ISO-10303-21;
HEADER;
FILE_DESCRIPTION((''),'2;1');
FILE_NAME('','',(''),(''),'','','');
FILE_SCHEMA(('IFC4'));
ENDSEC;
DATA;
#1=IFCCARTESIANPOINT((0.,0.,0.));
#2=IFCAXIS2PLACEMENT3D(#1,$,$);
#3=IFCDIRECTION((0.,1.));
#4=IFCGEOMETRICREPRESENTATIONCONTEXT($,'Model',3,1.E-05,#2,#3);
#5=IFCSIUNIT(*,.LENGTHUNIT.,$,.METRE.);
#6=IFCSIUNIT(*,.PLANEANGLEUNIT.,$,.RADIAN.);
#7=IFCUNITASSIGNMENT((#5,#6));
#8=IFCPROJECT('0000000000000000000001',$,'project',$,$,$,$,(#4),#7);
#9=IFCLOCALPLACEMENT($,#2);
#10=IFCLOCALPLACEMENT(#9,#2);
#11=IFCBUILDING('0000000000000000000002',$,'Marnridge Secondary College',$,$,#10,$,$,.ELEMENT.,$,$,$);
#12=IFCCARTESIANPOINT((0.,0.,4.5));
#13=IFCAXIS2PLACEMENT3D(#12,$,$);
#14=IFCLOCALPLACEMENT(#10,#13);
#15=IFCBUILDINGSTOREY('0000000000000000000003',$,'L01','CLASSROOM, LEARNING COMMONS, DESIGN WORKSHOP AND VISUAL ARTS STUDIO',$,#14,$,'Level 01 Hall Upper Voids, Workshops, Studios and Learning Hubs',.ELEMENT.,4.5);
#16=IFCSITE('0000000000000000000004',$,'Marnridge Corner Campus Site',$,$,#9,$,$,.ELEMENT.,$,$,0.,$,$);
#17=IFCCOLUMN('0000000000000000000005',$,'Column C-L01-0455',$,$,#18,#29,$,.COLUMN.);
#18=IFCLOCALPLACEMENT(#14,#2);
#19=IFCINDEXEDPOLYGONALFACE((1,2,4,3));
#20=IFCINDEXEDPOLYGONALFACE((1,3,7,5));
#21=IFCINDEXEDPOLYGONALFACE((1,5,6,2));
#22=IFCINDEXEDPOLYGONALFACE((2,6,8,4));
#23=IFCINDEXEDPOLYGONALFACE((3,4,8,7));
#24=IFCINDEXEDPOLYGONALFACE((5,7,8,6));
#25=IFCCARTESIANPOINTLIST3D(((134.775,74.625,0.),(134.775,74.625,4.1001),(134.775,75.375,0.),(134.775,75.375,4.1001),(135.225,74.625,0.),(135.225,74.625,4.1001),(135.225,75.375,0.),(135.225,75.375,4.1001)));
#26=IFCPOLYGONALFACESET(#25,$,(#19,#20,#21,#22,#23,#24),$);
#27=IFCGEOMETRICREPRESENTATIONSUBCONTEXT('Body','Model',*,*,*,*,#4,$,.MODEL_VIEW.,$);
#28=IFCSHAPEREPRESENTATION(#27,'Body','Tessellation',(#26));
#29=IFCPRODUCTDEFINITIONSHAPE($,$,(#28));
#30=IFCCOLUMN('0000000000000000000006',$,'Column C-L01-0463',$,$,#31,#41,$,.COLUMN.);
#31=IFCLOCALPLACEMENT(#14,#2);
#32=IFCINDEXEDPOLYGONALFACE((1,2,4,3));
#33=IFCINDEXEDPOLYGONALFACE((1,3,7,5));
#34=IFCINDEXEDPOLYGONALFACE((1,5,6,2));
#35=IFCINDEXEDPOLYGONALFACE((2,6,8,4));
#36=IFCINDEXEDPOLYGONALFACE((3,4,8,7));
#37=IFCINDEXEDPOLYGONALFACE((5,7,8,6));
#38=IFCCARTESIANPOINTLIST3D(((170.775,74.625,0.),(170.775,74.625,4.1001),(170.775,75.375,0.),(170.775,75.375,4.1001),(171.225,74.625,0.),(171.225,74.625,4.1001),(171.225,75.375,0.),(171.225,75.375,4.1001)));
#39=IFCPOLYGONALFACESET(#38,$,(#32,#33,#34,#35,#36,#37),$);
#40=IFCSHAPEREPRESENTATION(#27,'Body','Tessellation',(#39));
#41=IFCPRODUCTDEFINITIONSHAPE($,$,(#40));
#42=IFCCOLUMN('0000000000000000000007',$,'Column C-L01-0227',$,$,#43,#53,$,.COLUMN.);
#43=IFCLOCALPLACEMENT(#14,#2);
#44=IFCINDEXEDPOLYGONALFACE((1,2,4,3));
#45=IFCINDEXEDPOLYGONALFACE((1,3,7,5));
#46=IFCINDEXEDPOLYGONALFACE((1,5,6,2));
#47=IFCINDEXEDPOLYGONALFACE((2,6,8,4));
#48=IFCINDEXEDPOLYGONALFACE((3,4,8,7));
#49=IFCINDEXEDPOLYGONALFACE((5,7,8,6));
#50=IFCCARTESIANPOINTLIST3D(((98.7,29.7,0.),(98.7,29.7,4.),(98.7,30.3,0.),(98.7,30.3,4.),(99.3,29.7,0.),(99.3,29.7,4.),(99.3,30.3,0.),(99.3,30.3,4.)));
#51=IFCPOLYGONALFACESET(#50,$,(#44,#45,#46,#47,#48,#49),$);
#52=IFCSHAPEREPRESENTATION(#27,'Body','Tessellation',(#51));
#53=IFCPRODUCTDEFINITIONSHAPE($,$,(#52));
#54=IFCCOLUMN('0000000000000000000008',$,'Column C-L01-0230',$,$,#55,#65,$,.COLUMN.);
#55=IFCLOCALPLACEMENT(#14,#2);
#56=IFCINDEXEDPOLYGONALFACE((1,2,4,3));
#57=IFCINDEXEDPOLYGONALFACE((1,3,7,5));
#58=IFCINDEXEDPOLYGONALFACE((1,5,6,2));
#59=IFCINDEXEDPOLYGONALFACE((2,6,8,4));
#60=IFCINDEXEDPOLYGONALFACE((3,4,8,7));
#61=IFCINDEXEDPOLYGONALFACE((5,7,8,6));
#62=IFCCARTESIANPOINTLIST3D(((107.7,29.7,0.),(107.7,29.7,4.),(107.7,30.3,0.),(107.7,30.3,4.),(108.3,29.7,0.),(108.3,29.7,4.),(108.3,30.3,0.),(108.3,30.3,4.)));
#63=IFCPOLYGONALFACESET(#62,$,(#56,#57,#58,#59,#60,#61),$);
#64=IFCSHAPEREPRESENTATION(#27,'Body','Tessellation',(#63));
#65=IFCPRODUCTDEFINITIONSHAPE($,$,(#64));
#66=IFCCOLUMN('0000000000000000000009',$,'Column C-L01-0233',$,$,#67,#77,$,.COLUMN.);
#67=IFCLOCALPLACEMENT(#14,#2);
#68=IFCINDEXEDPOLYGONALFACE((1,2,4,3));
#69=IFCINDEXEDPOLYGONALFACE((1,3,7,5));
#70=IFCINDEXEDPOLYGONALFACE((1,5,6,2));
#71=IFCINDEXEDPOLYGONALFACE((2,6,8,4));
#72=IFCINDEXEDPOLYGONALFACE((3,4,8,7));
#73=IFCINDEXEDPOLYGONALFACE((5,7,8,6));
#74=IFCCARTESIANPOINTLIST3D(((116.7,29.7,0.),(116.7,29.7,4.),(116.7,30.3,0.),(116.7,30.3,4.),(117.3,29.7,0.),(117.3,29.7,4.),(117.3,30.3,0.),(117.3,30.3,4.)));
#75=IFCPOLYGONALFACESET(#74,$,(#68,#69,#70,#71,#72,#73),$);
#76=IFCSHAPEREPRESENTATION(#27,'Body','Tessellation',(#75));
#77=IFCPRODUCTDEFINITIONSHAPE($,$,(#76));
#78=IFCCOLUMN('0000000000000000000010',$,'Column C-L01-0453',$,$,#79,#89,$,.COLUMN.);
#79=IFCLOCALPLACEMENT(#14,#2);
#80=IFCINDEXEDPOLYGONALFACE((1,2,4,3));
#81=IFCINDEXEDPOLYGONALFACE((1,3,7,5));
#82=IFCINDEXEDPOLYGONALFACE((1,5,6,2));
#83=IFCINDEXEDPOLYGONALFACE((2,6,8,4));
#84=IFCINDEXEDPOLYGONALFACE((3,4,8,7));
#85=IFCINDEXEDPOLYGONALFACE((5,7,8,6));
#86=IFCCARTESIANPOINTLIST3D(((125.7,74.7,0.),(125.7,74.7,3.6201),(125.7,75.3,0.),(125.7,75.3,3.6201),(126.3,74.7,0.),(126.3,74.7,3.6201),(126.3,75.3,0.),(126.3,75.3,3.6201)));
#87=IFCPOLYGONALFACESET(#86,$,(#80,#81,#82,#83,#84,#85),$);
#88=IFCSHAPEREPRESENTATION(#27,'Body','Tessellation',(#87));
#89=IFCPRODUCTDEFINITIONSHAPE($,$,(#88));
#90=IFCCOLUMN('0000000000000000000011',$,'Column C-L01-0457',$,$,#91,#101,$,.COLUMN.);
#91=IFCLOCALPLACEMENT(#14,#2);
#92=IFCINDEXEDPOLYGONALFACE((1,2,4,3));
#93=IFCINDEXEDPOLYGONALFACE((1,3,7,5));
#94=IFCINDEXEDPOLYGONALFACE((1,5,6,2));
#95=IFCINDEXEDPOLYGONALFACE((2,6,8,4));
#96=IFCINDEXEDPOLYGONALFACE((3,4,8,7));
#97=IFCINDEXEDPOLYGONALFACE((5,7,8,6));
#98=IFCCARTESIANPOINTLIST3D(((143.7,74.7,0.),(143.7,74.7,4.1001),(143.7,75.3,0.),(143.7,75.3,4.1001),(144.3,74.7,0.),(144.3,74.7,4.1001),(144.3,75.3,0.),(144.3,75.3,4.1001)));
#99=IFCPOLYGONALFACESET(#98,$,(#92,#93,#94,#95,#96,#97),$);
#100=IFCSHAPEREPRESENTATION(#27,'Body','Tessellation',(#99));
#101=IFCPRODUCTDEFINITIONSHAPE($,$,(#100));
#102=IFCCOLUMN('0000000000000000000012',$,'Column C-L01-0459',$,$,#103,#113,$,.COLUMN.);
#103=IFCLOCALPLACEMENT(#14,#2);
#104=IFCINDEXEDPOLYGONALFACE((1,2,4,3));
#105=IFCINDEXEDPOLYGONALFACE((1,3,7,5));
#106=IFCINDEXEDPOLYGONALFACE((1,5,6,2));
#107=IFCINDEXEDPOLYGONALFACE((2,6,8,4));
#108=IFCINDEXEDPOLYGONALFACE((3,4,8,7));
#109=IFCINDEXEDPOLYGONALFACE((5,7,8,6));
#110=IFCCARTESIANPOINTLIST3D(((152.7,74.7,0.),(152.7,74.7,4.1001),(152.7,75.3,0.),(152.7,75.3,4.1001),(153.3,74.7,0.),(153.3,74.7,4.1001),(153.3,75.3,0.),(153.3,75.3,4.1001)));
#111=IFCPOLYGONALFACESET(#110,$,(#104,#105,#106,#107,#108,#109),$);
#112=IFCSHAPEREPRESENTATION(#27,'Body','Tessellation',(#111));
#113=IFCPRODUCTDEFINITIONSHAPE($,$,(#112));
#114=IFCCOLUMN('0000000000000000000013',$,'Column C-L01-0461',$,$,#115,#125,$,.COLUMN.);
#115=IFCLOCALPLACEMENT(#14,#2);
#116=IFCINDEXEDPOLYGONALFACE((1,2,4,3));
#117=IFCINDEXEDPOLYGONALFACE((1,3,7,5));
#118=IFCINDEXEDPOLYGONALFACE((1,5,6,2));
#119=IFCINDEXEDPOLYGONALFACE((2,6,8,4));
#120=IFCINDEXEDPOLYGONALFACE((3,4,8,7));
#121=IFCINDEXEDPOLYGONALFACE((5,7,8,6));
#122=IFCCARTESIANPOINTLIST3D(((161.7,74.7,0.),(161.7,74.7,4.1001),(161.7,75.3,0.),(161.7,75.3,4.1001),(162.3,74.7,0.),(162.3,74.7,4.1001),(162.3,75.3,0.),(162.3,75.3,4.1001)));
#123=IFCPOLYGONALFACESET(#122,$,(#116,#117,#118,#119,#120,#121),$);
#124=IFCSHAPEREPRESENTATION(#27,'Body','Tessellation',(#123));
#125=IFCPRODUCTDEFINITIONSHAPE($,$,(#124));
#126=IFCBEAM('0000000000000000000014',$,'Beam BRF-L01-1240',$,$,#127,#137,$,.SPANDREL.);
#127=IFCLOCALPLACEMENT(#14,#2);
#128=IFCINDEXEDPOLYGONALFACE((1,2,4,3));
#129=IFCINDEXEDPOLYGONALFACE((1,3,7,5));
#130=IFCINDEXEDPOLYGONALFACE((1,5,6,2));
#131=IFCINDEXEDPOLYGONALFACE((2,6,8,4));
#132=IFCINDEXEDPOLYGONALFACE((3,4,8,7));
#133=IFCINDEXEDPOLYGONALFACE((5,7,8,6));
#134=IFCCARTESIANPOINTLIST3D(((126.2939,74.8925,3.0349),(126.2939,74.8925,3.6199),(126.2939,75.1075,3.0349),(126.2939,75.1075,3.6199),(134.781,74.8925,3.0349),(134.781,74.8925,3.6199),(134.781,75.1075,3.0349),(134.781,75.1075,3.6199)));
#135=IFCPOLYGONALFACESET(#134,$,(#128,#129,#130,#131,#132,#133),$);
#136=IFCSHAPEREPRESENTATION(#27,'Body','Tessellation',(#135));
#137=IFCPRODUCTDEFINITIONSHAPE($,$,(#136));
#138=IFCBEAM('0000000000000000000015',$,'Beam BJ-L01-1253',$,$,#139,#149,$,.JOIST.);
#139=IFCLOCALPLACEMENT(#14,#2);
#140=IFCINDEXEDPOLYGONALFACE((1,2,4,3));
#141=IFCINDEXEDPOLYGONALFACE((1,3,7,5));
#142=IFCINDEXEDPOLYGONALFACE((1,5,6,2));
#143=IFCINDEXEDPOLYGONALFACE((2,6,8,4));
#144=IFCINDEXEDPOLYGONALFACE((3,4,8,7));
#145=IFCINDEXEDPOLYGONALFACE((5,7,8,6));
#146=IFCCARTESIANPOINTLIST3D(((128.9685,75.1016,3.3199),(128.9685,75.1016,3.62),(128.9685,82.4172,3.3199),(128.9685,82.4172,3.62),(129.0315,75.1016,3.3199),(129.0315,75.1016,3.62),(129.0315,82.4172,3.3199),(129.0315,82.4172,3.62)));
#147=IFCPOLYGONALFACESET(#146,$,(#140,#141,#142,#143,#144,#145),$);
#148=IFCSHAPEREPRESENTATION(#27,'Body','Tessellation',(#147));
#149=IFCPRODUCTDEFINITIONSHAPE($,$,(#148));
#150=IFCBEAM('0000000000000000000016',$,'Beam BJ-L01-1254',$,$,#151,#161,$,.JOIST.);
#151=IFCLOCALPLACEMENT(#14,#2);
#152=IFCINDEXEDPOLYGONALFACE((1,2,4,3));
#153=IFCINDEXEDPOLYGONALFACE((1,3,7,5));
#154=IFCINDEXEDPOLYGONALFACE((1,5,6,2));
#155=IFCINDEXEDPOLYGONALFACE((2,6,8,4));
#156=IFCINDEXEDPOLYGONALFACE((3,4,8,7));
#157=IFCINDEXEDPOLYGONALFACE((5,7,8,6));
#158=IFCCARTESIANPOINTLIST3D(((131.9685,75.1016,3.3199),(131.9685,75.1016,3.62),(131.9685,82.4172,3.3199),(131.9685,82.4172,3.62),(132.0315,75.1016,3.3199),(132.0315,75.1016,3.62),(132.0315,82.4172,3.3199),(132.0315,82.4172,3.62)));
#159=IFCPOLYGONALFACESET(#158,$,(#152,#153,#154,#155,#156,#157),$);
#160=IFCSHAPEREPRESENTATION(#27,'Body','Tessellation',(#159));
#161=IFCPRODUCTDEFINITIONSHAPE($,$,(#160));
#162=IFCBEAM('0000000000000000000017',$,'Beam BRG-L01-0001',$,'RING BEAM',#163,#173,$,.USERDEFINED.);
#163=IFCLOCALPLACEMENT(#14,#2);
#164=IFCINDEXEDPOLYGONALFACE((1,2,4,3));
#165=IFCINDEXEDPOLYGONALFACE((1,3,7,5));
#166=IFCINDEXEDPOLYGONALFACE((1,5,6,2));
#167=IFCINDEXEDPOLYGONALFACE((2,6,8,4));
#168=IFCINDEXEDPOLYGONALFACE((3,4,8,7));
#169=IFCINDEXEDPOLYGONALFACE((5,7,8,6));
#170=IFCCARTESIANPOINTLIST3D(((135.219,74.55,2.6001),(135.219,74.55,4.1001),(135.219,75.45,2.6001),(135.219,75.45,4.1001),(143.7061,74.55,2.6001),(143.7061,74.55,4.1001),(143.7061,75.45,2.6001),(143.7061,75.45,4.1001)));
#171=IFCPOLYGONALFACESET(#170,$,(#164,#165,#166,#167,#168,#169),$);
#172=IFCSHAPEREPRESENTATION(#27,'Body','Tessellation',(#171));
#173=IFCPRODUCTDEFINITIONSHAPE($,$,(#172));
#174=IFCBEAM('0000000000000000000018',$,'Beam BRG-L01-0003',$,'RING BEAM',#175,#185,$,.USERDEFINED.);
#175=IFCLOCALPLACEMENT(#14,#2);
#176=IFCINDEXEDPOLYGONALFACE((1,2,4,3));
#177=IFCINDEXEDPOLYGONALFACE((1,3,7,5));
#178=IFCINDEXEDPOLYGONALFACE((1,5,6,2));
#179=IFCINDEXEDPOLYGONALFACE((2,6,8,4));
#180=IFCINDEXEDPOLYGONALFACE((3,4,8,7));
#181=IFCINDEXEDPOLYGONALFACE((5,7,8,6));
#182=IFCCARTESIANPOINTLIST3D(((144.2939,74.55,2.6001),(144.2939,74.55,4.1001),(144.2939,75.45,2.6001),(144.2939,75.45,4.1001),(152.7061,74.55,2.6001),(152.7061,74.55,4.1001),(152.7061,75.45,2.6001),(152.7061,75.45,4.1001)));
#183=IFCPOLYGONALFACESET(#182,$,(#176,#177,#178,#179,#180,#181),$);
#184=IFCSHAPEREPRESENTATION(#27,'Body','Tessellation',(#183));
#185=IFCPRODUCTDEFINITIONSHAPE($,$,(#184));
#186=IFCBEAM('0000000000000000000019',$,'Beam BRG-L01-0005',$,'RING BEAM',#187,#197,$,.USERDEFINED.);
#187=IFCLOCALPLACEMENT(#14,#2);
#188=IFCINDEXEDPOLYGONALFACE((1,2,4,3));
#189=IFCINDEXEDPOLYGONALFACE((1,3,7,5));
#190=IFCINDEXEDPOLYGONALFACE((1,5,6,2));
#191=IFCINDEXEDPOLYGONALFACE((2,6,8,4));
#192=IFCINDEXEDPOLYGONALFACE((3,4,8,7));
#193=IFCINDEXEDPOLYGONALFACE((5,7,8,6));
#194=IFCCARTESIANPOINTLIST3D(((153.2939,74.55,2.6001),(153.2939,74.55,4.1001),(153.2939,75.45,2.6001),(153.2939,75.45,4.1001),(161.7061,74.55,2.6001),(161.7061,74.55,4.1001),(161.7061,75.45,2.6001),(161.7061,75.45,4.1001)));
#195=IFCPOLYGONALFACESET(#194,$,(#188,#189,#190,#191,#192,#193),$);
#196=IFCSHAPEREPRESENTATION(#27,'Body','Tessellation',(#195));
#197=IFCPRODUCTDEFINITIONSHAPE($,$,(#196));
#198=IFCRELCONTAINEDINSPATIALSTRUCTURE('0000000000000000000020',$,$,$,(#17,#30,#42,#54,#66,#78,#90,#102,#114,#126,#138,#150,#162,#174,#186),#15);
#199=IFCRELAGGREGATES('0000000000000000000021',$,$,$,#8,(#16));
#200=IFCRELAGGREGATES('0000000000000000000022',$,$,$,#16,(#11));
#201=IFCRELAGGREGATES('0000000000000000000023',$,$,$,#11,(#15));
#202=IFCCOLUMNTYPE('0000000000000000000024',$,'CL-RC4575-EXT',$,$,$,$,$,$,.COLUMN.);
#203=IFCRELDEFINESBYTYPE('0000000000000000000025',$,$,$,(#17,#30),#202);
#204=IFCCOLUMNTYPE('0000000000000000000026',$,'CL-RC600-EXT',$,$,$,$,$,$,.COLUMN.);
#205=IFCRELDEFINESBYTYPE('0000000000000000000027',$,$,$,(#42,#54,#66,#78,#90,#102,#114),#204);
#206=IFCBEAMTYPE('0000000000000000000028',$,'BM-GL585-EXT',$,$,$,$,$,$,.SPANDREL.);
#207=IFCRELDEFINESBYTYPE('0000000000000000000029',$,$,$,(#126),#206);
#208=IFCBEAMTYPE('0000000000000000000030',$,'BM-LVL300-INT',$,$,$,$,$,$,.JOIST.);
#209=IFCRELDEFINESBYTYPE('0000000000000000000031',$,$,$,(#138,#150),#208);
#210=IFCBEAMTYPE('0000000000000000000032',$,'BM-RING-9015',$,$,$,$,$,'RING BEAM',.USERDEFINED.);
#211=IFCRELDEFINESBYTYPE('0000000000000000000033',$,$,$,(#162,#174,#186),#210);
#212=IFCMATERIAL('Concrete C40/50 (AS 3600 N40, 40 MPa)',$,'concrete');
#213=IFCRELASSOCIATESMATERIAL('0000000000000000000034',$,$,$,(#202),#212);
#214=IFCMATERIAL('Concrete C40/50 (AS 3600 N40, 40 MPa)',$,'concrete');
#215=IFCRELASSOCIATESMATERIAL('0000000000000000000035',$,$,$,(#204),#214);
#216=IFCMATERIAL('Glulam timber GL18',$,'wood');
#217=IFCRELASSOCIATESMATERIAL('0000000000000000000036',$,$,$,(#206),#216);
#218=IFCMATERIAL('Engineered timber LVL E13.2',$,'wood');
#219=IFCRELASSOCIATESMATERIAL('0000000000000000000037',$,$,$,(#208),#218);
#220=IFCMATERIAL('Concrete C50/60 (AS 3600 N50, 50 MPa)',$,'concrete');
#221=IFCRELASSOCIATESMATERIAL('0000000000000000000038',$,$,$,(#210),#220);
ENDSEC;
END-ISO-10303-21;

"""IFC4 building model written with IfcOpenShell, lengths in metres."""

from ifc_helpers import new_model, si_unit, direction, frame, origin, origin_2d, place, context, subcontext, project, spatial, rectangle, extrude, material, material_profile, profile_set, type_object, element, save


model = new_model("IFC4")

# Units and contexts
model_context = context("Model", 3, precision=1e-05, world=origin(), true_north=direction((0.0, 1.0)))
body_context = subcontext(model_context, "Body", "Model", "MODEL_VIEW")
ifc_project = project(units=[si_unit("LENGTHUNIT", "METRE"), si_unit("PLANEANGLEUNIT", "RADIAN")], contexts=[model_context])

# Site, building, storey
site_placement = place(None, origin())
site = spatial("IfcSite", under=ifc_project, at=site_placement, Name="Marnridge Corner Campus Site", CompositionType="ELEMENT", RefElevation=0.0)
building_placement = place(site_placement, origin())
building = spatial("IfcBuilding", under=site, at=building_placement, Name="Marnridge Secondary College", CompositionType="ELEMENT")
storey_placement = place(building_placement, frame((0.0, 0.0, 4.5)))
storey = spatial("IfcBuildingStorey", under=building, at=storey_placement, Name="L01", Description="CLASSROOM, LEARNING COMMONS, DESIGN WORKSHOP AND VISUAL ARTS STUDIO", LongName="Level 01 Hall Upper Voids, Workshops, Studios and Learning Hubs", CompositionType="ELEMENT", Elevation=4.5)

# Columns
ifc_material_1 = material(Name="Concrete C40/50 (AS 3600 N40, 40 MPa)", Category="concrete")
ifc_material_profile_1 = material_profile(ifc_material_1, rectangle(XDim=0.45, YDim=0.75, at=origin_2d()), Name="RC 450x750")
ifc_profile_set_1 = profile_set([ifc_material_profile_1], Name="Concrete C40/50 (AS 3600 N40, 40 MPa)")
column_type_1 = type_object("IfcColumnType", Name="CL-RC4575-EXT", PredefinedType="COLUMN", material=ifc_profile_set_1)
for number, where, z_axis, x_axis, name in (
    (1, (135.0, 75.0, 0.0), (0.0, 0.0, 1.0), (1.0, 0.0, 0.0), "Column C-L01-0455"),
    (2, (171.0, 75.0, 0.0), (0.0, 0.0, 1.0), (1.0, 0.0, 0.0), "Column C-L01-0463"),
):
    element("IfcColumn", number, at=place(storey_placement, frame(where, z_axis=z_axis, x_axis=x_axis)), inside=storey, type_object=column_type_1, Name=name, PredefinedType="COLUMN", context=body_context, shape_type="SweptSolid", body=[
        extrude(rectangle(XDim=0.45, YDim=0.75, at=origin_2d()), origin(), (0.0, 0.0, 1.0), 4.1001),
    ])
ifc_material_2 = material(Name="Concrete C40/50 (AS 3600 N40, 40 MPa)", Category="concrete")
ifc_material_profile_2 = material_profile(ifc_material_2, rectangle(XDim=0.6001, YDim=0.6001, at=origin_2d()), Name="RC 600x600")
ifc_profile_set_2 = profile_set([ifc_material_profile_2], Name="Concrete C40/50 (AS 3600 N40, 40 MPa)")
column_type_2 = type_object("IfcColumnType", Name="CL-RC600-EXT", PredefinedType="COLUMN", material=ifc_profile_set_2)
for number, where, z_axis, x_axis, name in (
    (3, (99.0, 30.0, 0.0), (0.0, 0.0, 1.0), (1.0, 0.0, 0.0), "Column C-L01-0227"),
    (4, (108.0, 30.0, 0.0), (0.0, 0.0, 1.0), (1.0, 0.0, 0.0), "Column C-L01-0230"),
    (5, (117.0, 30.0, 0.0), (0.0, 0.0, 1.0), (1.0, 0.0, 0.0), "Column C-L01-0233"),
):
    element("IfcColumn", number, at=place(storey_placement, frame(where, z_axis=z_axis, x_axis=x_axis)), inside=storey, type_object=column_type_2, Name=name, PredefinedType="COLUMN", context=body_context, shape_type="SweptSolid", body=[
        extrude(rectangle(XDim=0.6001, YDim=0.6001, at=origin_2d()), origin(), (0.0, 0.0, 1.0), 4.0),
    ])
column_placement = place(storey_placement, frame((126.0, 75.0, 0.0), z_axis=(0.0, 0.0, 1.0), x_axis=(1.0, 0.0, 0.0)))
element("IfcColumn", 6, at=column_placement, inside=storey, type_object=column_type_2, Name="Column C-L01-0453", PredefinedType="COLUMN", context=body_context, shape_type="SweptSolid", body=[
    extrude(rectangle(XDim=0.6001, YDim=0.6001, at=origin_2d()), origin(), (0.0, 0.0, 1.0), 3.6201),
])
for number, where, z_axis, x_axis, name in (
    (7, (144.0, 75.0, 0.0), (0.0, 0.0, 1.0), (1.0, 0.0, 0.0), "Column C-L01-0457"),
    (8, (153.0, 75.0, 0.0), (0.0, 0.0, 1.0), (1.0, 0.0, 0.0), "Column C-L01-0459"),
    (9, (162.0, 75.0, 0.0), (0.0, 0.0, 1.0), (1.0, 0.0, 0.0), "Column C-L01-0461"),
):
    element("IfcColumn", number, at=place(storey_placement, frame(where, z_axis=z_axis, x_axis=x_axis)), inside=storey, type_object=column_type_2, Name=name, PredefinedType="COLUMN", context=body_context, shape_type="SweptSolid", body=[
        extrude(rectangle(XDim=0.6001, YDim=0.6001, at=origin_2d()), origin(), (0.0, 0.0, 1.0), 4.1001),
    ])

# Beams
ifc_material_3 = material(Name="Glulam timber GL18", Category="wood")
ifc_material_profile_3 = material_profile(ifc_material_3, rectangle(XDim=0.2151, YDim=0.585, at=origin_2d()), Name="GL18 215x585")
ifc_profile_set_3 = profile_set([ifc_material_profile_3], Name="Glulam timber GL18")
beam_type_1 = type_object("IfcBeamType", Name="BM-GL585-EXT", PredefinedType="SPANDREL", material=ifc_profile_set_3)
beam_1_placement = place(storey_placement, frame((126.2939, 75.0, 3.3274), z_axis=(1.0, 0.0, 0.0), x_axis=(0.0, 1.0, 0.0)))
element("IfcBeam", 10, at=beam_1_placement, inside=storey, type_object=beam_type_1, Name="Beam BRF-L01-1240", PredefinedType="SPANDREL", context=body_context, shape_type="SweptSolid", body=[
    extrude(rectangle(XDim=0.2151, YDim=0.585, at=origin_2d()), origin(), (0.0, 0.0, 1.0), 8.4871),
])
ifc_material_4 = material(Name="Engineered timber LVL E13.2", Category="wood")
ifc_material_profile_4 = material_profile(ifc_material_4, rectangle(XDim=0.063, YDim=0.3, at=origin_2d()), Name="LVL 63x300")
ifc_profile_set_4 = profile_set([ifc_material_profile_4], Name="Engineered timber LVL E13.2")
beam_type_2 = type_object("IfcBeamType", Name="BM-LVL300-INT", PredefinedType="JOIST", material=ifc_profile_set_4)
for number, where, z_axis, x_axis, name in (
    (11, (129.0, 75.1016, 3.47), (0.0, 1.0, 0.0), (-1.0, 0.0, 0.0), "Beam BJ-L01-1253"),
    (12, (132.0, 75.1016, 3.47), (0.0, 1.0, 0.0), (-1.0, 0.0, 0.0), "Beam BJ-L01-1254"),
):
    element("IfcBeam", number, at=place(storey_placement, frame(where, z_axis=z_axis, x_axis=x_axis)), inside=storey, type_object=beam_type_2, Name=name, PredefinedType="JOIST", context=body_context, shape_type="SweptSolid", body=[
        extrude(rectangle(XDim=0.063, YDim=0.3, at=origin_2d()), origin(), (0.0, 0.0, 1.0), 7.3157),
    ])
ifc_material_5 = material(Name="Concrete C50/60 (AS 3600 N50, 50 MPa)", Category="concrete")
ifc_material_profile_5 = material_profile(ifc_material_5, rectangle(XDim=0.8999, YDim=1.5, at=origin_2d()), Name="RC 900x1500")
ifc_profile_set_5 = profile_set([ifc_material_profile_5], Name="Concrete C50/60 (AS 3600 N50, 50 MPa)")
beam_type_3 = type_object("IfcBeamType", Name="BM-RING-9015", ElementType="RING BEAM", PredefinedType="USERDEFINED", material=ifc_profile_set_5)
beam_2_placement = place(storey_placement, frame((135.219, 75.0, 3.3501), z_axis=(1.0, 0.0, 0.0), x_axis=(0.0, 1.0, 0.0)))
element("IfcBeam", 13, at=beam_2_placement, inside=storey, type_object=beam_type_3, Name="Beam BRG-L01-0001", ObjectType="RING BEAM", PredefinedType="USERDEFINED", context=body_context, shape_type="SweptSolid", body=[
    extrude(rectangle(XDim=0.8999, YDim=1.5, at=origin_2d()), origin(), (0.0, 0.0, 1.0), 8.4871),
])
for number, where, z_axis, x_axis, name in (
    (14, (144.2939, 75.0, 3.3501), (1.0, 0.0, 0.0), (0.0, 1.0, 0.0), "Beam BRG-L01-0003"),
    (15, (153.2939, 75.0, 3.3501), (1.0, 0.0, 0.0), (0.0, 1.0, 0.0), "Beam BRG-L01-0005"),
):
    element("IfcBeam", number, at=place(storey_placement, frame(where, z_axis=z_axis, x_axis=x_axis)), inside=storey, type_object=beam_type_3, Name=name, ObjectType="RING BEAM", PredefinedType="USERDEFINED", context=body_context, shape_type="SweptSolid", body=[
        extrude(rectangle(XDim=0.8999, YDim=1.5, at=origin_2d()), origin(), (0.0, 0.0, 1.0), 8.4121),
    ])

save(model, "model.ifc")
